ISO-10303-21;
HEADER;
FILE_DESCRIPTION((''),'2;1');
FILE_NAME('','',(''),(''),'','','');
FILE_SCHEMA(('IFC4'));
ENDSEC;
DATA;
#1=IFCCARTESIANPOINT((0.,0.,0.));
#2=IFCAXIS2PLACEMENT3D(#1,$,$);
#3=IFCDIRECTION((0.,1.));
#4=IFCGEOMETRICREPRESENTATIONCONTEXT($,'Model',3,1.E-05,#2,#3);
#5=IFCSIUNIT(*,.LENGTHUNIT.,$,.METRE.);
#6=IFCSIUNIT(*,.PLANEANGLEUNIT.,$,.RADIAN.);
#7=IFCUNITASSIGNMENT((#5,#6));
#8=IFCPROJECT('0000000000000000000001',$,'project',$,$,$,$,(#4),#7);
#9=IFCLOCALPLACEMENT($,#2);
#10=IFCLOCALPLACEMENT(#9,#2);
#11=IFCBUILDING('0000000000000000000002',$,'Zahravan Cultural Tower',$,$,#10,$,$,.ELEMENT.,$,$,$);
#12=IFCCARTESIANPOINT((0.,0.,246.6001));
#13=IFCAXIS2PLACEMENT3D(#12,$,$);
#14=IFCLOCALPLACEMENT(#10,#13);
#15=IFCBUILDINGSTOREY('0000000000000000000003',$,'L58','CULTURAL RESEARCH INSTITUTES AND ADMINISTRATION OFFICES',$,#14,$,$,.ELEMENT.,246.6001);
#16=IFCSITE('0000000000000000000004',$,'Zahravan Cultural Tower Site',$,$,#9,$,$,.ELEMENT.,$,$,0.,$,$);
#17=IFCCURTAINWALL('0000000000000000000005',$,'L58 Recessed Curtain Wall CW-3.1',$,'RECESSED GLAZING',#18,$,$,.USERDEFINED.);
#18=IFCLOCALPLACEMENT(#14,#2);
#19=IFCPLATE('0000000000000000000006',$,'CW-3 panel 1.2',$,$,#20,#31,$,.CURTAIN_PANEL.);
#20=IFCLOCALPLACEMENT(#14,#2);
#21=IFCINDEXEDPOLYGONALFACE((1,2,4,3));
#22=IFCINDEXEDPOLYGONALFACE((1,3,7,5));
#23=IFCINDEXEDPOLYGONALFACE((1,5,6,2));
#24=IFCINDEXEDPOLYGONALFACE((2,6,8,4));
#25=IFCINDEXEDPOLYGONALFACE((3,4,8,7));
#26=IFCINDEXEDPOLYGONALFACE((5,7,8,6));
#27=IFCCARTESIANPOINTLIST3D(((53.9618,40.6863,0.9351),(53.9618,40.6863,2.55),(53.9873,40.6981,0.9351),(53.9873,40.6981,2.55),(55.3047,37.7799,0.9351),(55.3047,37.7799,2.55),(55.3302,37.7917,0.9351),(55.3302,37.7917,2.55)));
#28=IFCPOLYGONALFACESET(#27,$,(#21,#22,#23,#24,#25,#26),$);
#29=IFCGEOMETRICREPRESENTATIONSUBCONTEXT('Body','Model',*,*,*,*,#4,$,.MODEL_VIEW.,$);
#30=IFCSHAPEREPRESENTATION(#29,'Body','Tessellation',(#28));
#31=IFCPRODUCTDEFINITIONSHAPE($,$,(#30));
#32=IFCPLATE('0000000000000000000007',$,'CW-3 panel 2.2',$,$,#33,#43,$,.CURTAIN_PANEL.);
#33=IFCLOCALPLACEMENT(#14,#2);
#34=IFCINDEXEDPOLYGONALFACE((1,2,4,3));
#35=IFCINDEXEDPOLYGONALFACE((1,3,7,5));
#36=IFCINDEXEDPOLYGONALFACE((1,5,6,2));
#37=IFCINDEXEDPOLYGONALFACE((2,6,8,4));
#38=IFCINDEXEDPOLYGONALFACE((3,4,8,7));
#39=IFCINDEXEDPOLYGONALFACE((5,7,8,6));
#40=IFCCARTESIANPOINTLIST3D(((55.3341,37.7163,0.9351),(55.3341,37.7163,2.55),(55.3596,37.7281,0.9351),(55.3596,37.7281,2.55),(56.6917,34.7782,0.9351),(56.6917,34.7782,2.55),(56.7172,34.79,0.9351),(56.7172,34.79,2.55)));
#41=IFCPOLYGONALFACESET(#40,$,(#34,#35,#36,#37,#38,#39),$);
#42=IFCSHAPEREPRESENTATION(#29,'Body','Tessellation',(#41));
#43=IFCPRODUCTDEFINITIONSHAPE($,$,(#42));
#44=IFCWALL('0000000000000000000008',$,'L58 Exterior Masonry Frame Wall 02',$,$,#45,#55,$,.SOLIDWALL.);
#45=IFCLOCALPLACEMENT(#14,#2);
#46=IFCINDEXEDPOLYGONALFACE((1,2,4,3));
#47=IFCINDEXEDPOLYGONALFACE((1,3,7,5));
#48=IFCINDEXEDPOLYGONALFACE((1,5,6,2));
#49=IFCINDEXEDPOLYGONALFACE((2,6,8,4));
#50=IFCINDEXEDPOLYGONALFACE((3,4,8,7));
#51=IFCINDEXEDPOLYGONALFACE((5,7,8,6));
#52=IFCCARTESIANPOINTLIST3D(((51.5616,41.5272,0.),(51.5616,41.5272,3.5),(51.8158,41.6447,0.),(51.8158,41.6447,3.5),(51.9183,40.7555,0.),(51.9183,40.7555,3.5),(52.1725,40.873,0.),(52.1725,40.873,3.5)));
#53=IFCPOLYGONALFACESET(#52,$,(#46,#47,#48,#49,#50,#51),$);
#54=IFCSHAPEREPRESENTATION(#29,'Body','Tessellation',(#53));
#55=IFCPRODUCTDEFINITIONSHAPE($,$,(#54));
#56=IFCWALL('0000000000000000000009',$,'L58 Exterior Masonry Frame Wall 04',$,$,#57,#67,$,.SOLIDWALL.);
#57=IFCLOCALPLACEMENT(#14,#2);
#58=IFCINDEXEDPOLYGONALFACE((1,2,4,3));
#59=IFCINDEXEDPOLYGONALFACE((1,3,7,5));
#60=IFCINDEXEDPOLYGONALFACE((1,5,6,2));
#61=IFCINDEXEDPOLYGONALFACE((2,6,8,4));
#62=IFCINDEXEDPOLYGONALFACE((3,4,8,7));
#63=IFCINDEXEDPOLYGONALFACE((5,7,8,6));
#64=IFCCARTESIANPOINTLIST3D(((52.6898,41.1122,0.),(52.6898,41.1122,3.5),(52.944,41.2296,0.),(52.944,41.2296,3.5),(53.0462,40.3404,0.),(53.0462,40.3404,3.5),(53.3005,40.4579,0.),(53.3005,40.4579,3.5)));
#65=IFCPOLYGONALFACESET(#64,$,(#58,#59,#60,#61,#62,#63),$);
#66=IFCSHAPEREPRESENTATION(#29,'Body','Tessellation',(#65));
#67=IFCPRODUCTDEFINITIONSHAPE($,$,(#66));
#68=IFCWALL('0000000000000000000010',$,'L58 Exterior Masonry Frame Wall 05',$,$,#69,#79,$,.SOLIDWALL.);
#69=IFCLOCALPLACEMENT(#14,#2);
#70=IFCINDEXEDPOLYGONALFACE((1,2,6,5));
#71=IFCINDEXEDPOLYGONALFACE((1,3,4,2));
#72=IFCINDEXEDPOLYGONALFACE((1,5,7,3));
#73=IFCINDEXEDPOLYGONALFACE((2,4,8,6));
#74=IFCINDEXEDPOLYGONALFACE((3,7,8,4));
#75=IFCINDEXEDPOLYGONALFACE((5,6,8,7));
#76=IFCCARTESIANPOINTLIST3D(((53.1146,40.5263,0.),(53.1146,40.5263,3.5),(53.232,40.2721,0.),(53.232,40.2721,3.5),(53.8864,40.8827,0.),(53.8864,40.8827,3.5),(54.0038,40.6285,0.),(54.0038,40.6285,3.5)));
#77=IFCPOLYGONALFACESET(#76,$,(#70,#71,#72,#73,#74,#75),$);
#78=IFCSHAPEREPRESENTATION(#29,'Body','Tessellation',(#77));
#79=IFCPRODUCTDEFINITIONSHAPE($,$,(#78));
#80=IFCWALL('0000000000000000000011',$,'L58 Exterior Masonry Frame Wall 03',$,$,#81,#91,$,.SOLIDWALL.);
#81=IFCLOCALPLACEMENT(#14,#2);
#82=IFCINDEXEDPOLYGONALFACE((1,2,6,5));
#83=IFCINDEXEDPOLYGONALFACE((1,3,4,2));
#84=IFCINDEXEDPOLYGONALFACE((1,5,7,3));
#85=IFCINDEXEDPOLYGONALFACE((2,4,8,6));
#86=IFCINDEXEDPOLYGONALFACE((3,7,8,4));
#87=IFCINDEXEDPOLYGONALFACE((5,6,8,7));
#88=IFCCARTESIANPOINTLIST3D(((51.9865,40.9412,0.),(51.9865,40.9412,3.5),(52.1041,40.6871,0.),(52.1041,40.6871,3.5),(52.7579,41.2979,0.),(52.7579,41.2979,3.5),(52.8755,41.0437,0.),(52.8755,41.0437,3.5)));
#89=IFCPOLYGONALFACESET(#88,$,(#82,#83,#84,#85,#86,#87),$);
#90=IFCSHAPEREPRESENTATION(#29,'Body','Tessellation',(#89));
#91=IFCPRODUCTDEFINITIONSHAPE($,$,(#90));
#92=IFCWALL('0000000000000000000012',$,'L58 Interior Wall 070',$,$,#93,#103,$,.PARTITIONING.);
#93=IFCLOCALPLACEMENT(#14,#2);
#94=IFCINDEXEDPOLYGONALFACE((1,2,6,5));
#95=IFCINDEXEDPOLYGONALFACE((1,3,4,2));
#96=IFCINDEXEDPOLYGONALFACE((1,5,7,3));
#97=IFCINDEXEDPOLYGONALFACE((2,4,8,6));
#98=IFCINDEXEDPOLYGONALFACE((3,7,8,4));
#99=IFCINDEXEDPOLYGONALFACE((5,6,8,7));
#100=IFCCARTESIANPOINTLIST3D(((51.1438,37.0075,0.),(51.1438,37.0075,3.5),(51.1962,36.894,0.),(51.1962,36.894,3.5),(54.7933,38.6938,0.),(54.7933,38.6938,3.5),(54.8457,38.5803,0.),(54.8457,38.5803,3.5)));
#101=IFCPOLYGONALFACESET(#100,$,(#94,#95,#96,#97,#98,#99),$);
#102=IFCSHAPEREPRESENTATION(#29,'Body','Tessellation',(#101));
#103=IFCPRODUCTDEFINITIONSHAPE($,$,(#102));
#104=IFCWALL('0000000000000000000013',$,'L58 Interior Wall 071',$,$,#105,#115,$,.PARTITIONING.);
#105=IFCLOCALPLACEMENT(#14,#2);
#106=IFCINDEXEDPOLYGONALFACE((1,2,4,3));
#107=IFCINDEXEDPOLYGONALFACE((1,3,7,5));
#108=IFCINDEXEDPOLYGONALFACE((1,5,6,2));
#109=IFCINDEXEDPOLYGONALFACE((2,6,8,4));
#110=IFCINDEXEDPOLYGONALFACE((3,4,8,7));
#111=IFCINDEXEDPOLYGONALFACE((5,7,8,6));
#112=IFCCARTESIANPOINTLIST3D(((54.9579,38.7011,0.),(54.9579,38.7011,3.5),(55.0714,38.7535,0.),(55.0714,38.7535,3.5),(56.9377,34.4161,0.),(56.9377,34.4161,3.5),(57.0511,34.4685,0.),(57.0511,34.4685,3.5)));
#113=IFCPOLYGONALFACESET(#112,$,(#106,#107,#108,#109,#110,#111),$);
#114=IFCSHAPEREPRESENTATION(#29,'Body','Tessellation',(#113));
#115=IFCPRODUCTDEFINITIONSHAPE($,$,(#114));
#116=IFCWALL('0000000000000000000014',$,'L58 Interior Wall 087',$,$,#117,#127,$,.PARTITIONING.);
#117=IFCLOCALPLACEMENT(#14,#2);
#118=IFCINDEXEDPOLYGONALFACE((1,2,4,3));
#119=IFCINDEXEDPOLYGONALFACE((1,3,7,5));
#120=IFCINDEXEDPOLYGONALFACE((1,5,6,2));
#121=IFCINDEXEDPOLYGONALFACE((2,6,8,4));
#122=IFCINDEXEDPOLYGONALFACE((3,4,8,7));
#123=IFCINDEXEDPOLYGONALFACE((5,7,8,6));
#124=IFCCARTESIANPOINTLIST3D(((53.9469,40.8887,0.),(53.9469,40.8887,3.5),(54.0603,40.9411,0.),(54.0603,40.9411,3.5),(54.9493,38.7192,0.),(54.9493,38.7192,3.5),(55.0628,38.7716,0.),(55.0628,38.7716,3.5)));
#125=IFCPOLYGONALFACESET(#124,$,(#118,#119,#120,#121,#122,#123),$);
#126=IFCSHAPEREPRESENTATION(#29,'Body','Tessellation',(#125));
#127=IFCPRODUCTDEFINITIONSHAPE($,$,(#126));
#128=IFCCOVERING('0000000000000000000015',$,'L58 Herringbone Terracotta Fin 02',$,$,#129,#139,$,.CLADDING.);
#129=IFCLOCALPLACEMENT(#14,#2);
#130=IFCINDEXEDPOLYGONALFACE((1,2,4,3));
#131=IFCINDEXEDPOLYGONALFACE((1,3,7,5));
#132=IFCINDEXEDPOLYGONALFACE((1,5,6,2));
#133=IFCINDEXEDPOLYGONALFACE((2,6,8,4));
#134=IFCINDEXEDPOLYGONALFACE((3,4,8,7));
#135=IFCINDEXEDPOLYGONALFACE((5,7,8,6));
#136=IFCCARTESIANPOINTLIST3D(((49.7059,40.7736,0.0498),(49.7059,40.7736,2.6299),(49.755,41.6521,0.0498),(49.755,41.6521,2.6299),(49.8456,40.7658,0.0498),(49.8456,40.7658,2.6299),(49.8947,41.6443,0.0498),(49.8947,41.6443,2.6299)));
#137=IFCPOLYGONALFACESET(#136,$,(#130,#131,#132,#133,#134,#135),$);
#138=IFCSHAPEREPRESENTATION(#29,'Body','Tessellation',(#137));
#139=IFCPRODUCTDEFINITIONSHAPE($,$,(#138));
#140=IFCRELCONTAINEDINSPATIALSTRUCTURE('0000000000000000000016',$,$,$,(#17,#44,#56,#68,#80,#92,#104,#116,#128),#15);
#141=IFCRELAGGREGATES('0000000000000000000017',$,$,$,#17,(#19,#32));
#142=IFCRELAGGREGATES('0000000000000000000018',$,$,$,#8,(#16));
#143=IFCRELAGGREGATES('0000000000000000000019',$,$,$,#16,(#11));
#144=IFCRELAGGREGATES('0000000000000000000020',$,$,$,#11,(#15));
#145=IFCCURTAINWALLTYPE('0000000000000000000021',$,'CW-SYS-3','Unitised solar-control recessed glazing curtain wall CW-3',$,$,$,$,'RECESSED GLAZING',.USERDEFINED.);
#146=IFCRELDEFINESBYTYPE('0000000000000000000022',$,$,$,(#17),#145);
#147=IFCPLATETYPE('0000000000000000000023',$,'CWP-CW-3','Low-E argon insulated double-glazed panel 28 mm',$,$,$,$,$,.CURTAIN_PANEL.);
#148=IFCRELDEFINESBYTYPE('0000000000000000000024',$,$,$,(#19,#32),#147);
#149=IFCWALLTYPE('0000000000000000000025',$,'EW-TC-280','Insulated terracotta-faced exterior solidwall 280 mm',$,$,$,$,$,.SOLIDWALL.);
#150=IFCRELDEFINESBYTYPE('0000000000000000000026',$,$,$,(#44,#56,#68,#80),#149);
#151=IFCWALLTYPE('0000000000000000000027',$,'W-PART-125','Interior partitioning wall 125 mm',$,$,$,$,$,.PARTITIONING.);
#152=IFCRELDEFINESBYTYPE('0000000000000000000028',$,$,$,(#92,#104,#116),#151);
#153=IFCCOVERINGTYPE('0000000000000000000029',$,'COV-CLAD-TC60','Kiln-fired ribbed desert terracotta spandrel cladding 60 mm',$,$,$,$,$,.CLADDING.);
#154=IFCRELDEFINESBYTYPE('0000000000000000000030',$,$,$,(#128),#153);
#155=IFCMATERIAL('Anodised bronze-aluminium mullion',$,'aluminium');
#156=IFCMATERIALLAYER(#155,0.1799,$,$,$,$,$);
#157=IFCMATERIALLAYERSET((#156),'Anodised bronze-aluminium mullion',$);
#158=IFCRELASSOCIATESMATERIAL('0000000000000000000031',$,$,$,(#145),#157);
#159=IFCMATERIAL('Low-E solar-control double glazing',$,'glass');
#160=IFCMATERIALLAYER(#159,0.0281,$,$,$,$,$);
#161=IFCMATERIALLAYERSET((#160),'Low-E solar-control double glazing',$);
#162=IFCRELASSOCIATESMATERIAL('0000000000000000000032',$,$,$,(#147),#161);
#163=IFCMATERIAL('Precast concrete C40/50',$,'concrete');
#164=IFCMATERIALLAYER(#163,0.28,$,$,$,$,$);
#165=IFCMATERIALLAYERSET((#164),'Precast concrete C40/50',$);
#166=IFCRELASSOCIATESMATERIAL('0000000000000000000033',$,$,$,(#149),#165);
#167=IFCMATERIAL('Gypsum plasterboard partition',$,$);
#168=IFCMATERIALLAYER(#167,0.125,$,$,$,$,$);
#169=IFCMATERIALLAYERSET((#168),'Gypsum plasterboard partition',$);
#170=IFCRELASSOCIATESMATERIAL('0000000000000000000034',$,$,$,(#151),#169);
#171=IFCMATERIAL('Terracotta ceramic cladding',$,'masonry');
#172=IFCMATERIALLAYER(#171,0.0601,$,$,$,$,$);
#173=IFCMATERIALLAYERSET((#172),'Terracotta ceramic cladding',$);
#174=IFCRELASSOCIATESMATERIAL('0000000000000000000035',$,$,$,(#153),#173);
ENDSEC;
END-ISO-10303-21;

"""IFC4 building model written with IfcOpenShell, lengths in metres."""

from ifc_helpers import new_model, si_unit, direction, frame, frame_2d, origin, origin_2d, place, context, subcontext, project, spatial, rectangle, extrude, source, transform, mapped, material, layer, layer_set, type_object, element, aggregate, save


model = new_model("IFC4")

# Units and contexts
model_context = context("Model", 3, precision=1e-05, world=origin(), true_north=direction((0.0, 1.0)))
body_context = subcontext(model_context, "Body", "Model", "MODEL_VIEW")
ifc_project = project(units=[si_unit("LENGTHUNIT", "METRE"), si_unit("PLANEANGLEUNIT", "RADIAN")], contexts=[model_context])

# Site, building, storey
site_placement = place(None, origin())
site = spatial("IfcSite", under=ifc_project, at=site_placement, Name="Zahravan Cultural Tower Site", CompositionType="ELEMENT", RefElevation=0.0)
building_placement = place(site_placement, origin())
building = spatial("IfcBuilding", under=site, at=building_placement, Name="Zahravan Cultural Tower", CompositionType="ELEMENT")
storey_placement = place(building_placement, frame((0.0, 0.0, 246.6001)))
storey = spatial("IfcBuildingStorey", under=building, at=storey_placement, Name="L58", Description="CULTURAL RESEARCH INSTITUTES AND ADMINISTRATION OFFICES", CompositionType="ELEMENT", Elevation=246.6001)

# Curtain wall, plates
ifc_material_1 = material(Name="Anodised bronze-aluminium mullion", Category="aluminium")
ifc_layer_1 = layer(ifc_material_1, 0.1799)
ifc_layer_set_1 = layer_set([ifc_layer_1], Name="Anodised bronze-aluminium mullion")
curtain_wall_type = type_object("IfcCurtainWallType", Name="CW-SYS-3", Description="Unitised solar-control recessed glazing curtain wall CW-3", ElementType="RECESSED GLAZING", PredefinedType="USERDEFINED", material=ifc_layer_set_1)
curtain_wall_placement = place(storey_placement, origin())
curtain_wall = element("IfcCurtainWall", 1, at=curtain_wall_placement, inside=storey, type_object=curtain_wall_type, Name="L58 Recessed Curtain Wall CW-3.1", ObjectType="RECESSED GLAZING", PredefinedType="USERDEFINED")
ifc_material_2 = material(Name="Low-E solar-control double glazing", Category="glass")
ifc_layer_2 = layer(ifc_material_2, 0.0281)
ifc_layer_set_2 = layer_set([ifc_layer_2], Name="Low-E solar-control double glazing")
plate_type = type_object("IfcPlateType", Name="CWP-CW-3", Description="Low-E argon insulated double-glazed panel 28 mm", PredefinedType="CURTAIN_PANEL", material=ifc_layer_set_2)
shared_shape_1 = source(origin(), body_context, "Body", "SweptSolid", [
    extrude(rectangle(XDim=3.2017, YDim=0.0281, at=origin_2d()), origin(), (0.0, 0.0, 1.0), 1.615),
])
plate_1_placement = place(storey_placement, frame((54.646, 39.239, 0.9351), z_axis=(0.0, 0.0, 1.0), x_axis=(0.419457, -0.907775, 0.0)))
plate_1 = element("IfcPlate", 2, at=plate_1_placement, type_object=plate_type, Name="CW-3 panel 1.2", PredefinedType="CURTAIN_PANEL", context=body_context, shape_type="MappedRepresentation", body=[
    mapped(shared_shape_1, transform((0.0, 0.0, 0.0), x_axis=(1.0, 0.0, 0.0), y_axis=(0.0, 1.0, 0.0), z_axis=(0.0, 0.0, 1.0), scale=1.0)),
])
shared_shape_2 = source(origin(), body_context, "Body", "SweptSolid", [
    extrude(rectangle(XDim=3.2366, YDim=0.0281, at=origin_2d()), origin(), (0.0, 0.0, 1.0), 1.615),
])
plate_2_placement = place(storey_placement, frame((56.0256, 36.2532, 0.9351), z_axis=(0.0, 0.0, 1.0), x_axis=(0.419457, -0.907775, 0.0)))
plate_2 = element("IfcPlate", 3, at=plate_2_placement, type_object=plate_type, Name="CW-3 panel 2.2", PredefinedType="CURTAIN_PANEL", context=body_context, shape_type="MappedRepresentation", body=[
    mapped(shared_shape_2, transform((0.0, 0.0, 0.0), x_axis=(1.0, 0.0, 0.0), y_axis=(0.0, 1.0, 0.0), z_axis=(0.0, 0.0, 1.0), scale=1.0)),
])
aggregate(curtain_wall, [plate_1, plate_2])

# Walls
ifc_material_3 = material(Name="Precast concrete C40/50", Category="concrete")
ifc_layer_3 = layer(ifc_material_3, 0.28)
ifc_layer_set_3 = layer_set([ifc_layer_3], Name="Precast concrete C40/50")
wall_type_1 = type_object("IfcWallType", Name="EW-TC-280", Description="Insulated terracotta-faced exterior solidwall 280 mm", PredefinedType="SOLIDWALL", material=ifc_layer_set_3)
shared_shape_3 = source(origin(), body_context, "Body", "SweptSolid", [
    extrude(rectangle(XDim=0.8501, YDim=0.28, at=frame_2d((0.425, 0.0))), origin(), (0.0, 0.0, 1.0), 3.5),
])
for number, where, z_axis, x_axis, name in (
    (4, (51.6887, 41.5859, 0.0), (0.0, 0.0, 1.0), (0.41955, -0.907732, 0.0), "L58 Exterior Masonry Frame Wall 02"),
    (5, (52.8169, 41.1709, 0.0), (0.0, 0.0, 1.0), (0.419313, -0.907842, 0.0), "L58 Exterior Masonry Frame Wall 04"),
    (6, (53.1733, 40.3992, 0.0), (0.0, 0.0, 1.0), (0.907842, 0.419313, 0.0), "L58 Exterior Masonry Frame Wall 05"),
):
    element("IfcWall", number, at=place(storey_placement, frame(where, z_axis=z_axis, x_axis=x_axis)), inside=storey, type_object=wall_type_1, Name=name, PredefinedType="SOLIDWALL", context=body_context, shape_type="MappedRepresentation", body=[
        mapped(shared_shape_3, transform((0.0, 0.0, 0.0), x_axis=(1.0, 0.0, 0.0), y_axis=(0.0, 1.0, 0.0), z_axis=(0.0, 0.0, 1.0), scale=1.0)),
    ])
shared_shape_4 = source(origin(), body_context, "Body", "SweptSolid", [
    extrude(rectangle(XDim=0.8499, YDim=0.28, at=frame_2d((0.4248, 0.0))), origin(), (0.0, 0.0, 1.0), 3.5),
])
wall_1_placement = place(storey_placement, frame((52.0454, 40.8142, 0.0), z_axis=(0.0, 0.0, 1.0), x_axis=(0.907682, 0.419659, 0.0)))
element("IfcWall", 7, at=wall_1_placement, inside=storey, type_object=wall_type_1, Name="L58 Exterior Masonry Frame Wall 03", PredefinedType="SOLIDWALL", context=body_context, shape_type="MappedRepresentation", body=[
    mapped(shared_shape_4, transform((0.0, 0.0, 0.0), x_axis=(1.0, 0.0, 0.0), y_axis=(0.0, 1.0, 0.0), z_axis=(0.0, 0.0, 1.0), scale=1.0)),
])
ifc_material_4 = material(Name="Gypsum plasterboard partition")
ifc_layer_4 = layer(ifc_material_4, 0.125)
ifc_layer_set_4 = layer_set([ifc_layer_4], Name="Gypsum plasterboard partition")
wall_type_2 = type_object("IfcWallType", Name="W-PART-125", Description="Interior partitioning wall 125 mm", PredefinedType="PARTITIONING", material=ifc_layer_set_4)
shared_shape_5 = source(origin(), body_context, "Body", "SweptSolid", [
    extrude(rectangle(XDim=4.0203, YDim=0.125, at=frame_2d((2.0103, 0.0))), origin(), (0.0, 0.0, 1.0), 3.5),
])
wall_2_placement = place(storey_placement, frame((51.1699, 36.9507, 0.0), z_axis=(0.0, 0.0, 1.0), x_axis=(0.907776, 0.419455, 0.0)))
element("IfcWall", 8, at=wall_2_placement, inside=storey, type_object=wall_type_2, Name="L58 Interior Wall 070", PredefinedType="PARTITIONING", context=body_context, shape_type="MappedRepresentation", body=[
    mapped(shared_shape_5, transform((0.0, 0.0, 0.0), x_axis=(1.0, 0.0, 0.0), y_axis=(0.0, 1.0, 0.0), z_axis=(0.0, 0.0, 1.0), scale=1.0)),
])
shared_shape_6 = source(origin(), body_context, "Body", "SweptSolid", [
    extrude(rectangle(XDim=4.7202, YDim=0.125, at=frame_2d((2.3601, 0.0))), origin(), (0.0, 0.0, 1.0), 3.5),
])
wall_3_placement = place(storey_placement, frame((55.0146, 38.7273, 0.0), z_axis=(0.0, 0.0, 1.0), x_axis=(0.419422, -0.907791, 0.0)))
element("IfcWall", 9, at=wall_3_placement, inside=storey, type_object=wall_type_2, Name="L58 Interior Wall 071", PredefinedType="PARTITIONING", context=body_context, shape_type="MappedRepresentation", body=[
    mapped(shared_shape_6, transform((0.0, 0.0, 0.0), x_axis=(1.0, 0.0, 0.0), y_axis=(0.0, 1.0, 0.0), z_axis=(0.0, 0.0, 1.0), scale=1.0)),
])
shared_shape_7 = source(origin(), body_context, "Body", "SweptSolid", [
    extrude(rectangle(XDim=2.3899, YDim=0.125, at=frame_2d((1.1948, 0.0))), origin(), (0.0, 0.0, 1.0), 3.5),
])
wall_4_placement = place(storey_placement, frame((54.0037, 40.9148, 0.0), z_axis=(0.0, 0.0, 1.0), x_axis=(0.41946, -0.907774, 0.0)))
element("IfcWall", 10, at=wall_4_placement, inside=storey, type_object=wall_type_2, Name="L58 Interior Wall 087", PredefinedType="PARTITIONING", context=body_context, shape_type="MappedRepresentation", body=[
    mapped(shared_shape_7, transform((0.0, 0.0, 0.0), x_axis=(1.0, 0.0, 0.0), y_axis=(0.0, 1.0, 0.0), z_axis=(0.0, 0.0, 1.0), scale=1.0)),
])

# Covering
ifc_material_5 = material(Name="Terracotta ceramic cladding", Category="masonry")
ifc_layer_5 = layer(ifc_material_5, 0.0601)
ifc_layer_set_5 = layer_set([ifc_layer_5], Name="Terracotta ceramic cladding")
covering_type = type_object("IfcCoveringType", Name="COV-CLAD-TC60", Description="Kiln-fired ribbed desert terracotta spandrel cladding 60 mm", PredefinedType="CLADDING", material=ifc_layer_set_5)
shared_shape_8 = source(origin(), body_context, "Body", "SweptSolid", [
    extrude(rectangle(XDim=0.8799, YDim=0.1399, at=origin_2d()), origin(), (0.0, 0.0, 1.0), 2.5801),
])
covering_placement = place(storey_placement, frame((49.8003, 41.209, 0.0498), z_axis=(0.0, 0.0, 1.0), x_axis=(0.055822, 0.998441, 0.0)))
element("IfcCovering", 11, at=covering_placement, inside=storey, type_object=covering_type, Name="L58 Herringbone Terracotta Fin 02", PredefinedType="CLADDING", context=body_context, shape_type="MappedRepresentation", body=[
    mapped(shared_shape_8, transform((0.0, 0.0, 0.0), x_axis=(1.0, 0.0, 0.0), y_axis=(0.0, 1.0, 0.0), z_axis=(0.0, 0.0, 1.0), scale=1.0)),
])

save(model, "model.ifc")
